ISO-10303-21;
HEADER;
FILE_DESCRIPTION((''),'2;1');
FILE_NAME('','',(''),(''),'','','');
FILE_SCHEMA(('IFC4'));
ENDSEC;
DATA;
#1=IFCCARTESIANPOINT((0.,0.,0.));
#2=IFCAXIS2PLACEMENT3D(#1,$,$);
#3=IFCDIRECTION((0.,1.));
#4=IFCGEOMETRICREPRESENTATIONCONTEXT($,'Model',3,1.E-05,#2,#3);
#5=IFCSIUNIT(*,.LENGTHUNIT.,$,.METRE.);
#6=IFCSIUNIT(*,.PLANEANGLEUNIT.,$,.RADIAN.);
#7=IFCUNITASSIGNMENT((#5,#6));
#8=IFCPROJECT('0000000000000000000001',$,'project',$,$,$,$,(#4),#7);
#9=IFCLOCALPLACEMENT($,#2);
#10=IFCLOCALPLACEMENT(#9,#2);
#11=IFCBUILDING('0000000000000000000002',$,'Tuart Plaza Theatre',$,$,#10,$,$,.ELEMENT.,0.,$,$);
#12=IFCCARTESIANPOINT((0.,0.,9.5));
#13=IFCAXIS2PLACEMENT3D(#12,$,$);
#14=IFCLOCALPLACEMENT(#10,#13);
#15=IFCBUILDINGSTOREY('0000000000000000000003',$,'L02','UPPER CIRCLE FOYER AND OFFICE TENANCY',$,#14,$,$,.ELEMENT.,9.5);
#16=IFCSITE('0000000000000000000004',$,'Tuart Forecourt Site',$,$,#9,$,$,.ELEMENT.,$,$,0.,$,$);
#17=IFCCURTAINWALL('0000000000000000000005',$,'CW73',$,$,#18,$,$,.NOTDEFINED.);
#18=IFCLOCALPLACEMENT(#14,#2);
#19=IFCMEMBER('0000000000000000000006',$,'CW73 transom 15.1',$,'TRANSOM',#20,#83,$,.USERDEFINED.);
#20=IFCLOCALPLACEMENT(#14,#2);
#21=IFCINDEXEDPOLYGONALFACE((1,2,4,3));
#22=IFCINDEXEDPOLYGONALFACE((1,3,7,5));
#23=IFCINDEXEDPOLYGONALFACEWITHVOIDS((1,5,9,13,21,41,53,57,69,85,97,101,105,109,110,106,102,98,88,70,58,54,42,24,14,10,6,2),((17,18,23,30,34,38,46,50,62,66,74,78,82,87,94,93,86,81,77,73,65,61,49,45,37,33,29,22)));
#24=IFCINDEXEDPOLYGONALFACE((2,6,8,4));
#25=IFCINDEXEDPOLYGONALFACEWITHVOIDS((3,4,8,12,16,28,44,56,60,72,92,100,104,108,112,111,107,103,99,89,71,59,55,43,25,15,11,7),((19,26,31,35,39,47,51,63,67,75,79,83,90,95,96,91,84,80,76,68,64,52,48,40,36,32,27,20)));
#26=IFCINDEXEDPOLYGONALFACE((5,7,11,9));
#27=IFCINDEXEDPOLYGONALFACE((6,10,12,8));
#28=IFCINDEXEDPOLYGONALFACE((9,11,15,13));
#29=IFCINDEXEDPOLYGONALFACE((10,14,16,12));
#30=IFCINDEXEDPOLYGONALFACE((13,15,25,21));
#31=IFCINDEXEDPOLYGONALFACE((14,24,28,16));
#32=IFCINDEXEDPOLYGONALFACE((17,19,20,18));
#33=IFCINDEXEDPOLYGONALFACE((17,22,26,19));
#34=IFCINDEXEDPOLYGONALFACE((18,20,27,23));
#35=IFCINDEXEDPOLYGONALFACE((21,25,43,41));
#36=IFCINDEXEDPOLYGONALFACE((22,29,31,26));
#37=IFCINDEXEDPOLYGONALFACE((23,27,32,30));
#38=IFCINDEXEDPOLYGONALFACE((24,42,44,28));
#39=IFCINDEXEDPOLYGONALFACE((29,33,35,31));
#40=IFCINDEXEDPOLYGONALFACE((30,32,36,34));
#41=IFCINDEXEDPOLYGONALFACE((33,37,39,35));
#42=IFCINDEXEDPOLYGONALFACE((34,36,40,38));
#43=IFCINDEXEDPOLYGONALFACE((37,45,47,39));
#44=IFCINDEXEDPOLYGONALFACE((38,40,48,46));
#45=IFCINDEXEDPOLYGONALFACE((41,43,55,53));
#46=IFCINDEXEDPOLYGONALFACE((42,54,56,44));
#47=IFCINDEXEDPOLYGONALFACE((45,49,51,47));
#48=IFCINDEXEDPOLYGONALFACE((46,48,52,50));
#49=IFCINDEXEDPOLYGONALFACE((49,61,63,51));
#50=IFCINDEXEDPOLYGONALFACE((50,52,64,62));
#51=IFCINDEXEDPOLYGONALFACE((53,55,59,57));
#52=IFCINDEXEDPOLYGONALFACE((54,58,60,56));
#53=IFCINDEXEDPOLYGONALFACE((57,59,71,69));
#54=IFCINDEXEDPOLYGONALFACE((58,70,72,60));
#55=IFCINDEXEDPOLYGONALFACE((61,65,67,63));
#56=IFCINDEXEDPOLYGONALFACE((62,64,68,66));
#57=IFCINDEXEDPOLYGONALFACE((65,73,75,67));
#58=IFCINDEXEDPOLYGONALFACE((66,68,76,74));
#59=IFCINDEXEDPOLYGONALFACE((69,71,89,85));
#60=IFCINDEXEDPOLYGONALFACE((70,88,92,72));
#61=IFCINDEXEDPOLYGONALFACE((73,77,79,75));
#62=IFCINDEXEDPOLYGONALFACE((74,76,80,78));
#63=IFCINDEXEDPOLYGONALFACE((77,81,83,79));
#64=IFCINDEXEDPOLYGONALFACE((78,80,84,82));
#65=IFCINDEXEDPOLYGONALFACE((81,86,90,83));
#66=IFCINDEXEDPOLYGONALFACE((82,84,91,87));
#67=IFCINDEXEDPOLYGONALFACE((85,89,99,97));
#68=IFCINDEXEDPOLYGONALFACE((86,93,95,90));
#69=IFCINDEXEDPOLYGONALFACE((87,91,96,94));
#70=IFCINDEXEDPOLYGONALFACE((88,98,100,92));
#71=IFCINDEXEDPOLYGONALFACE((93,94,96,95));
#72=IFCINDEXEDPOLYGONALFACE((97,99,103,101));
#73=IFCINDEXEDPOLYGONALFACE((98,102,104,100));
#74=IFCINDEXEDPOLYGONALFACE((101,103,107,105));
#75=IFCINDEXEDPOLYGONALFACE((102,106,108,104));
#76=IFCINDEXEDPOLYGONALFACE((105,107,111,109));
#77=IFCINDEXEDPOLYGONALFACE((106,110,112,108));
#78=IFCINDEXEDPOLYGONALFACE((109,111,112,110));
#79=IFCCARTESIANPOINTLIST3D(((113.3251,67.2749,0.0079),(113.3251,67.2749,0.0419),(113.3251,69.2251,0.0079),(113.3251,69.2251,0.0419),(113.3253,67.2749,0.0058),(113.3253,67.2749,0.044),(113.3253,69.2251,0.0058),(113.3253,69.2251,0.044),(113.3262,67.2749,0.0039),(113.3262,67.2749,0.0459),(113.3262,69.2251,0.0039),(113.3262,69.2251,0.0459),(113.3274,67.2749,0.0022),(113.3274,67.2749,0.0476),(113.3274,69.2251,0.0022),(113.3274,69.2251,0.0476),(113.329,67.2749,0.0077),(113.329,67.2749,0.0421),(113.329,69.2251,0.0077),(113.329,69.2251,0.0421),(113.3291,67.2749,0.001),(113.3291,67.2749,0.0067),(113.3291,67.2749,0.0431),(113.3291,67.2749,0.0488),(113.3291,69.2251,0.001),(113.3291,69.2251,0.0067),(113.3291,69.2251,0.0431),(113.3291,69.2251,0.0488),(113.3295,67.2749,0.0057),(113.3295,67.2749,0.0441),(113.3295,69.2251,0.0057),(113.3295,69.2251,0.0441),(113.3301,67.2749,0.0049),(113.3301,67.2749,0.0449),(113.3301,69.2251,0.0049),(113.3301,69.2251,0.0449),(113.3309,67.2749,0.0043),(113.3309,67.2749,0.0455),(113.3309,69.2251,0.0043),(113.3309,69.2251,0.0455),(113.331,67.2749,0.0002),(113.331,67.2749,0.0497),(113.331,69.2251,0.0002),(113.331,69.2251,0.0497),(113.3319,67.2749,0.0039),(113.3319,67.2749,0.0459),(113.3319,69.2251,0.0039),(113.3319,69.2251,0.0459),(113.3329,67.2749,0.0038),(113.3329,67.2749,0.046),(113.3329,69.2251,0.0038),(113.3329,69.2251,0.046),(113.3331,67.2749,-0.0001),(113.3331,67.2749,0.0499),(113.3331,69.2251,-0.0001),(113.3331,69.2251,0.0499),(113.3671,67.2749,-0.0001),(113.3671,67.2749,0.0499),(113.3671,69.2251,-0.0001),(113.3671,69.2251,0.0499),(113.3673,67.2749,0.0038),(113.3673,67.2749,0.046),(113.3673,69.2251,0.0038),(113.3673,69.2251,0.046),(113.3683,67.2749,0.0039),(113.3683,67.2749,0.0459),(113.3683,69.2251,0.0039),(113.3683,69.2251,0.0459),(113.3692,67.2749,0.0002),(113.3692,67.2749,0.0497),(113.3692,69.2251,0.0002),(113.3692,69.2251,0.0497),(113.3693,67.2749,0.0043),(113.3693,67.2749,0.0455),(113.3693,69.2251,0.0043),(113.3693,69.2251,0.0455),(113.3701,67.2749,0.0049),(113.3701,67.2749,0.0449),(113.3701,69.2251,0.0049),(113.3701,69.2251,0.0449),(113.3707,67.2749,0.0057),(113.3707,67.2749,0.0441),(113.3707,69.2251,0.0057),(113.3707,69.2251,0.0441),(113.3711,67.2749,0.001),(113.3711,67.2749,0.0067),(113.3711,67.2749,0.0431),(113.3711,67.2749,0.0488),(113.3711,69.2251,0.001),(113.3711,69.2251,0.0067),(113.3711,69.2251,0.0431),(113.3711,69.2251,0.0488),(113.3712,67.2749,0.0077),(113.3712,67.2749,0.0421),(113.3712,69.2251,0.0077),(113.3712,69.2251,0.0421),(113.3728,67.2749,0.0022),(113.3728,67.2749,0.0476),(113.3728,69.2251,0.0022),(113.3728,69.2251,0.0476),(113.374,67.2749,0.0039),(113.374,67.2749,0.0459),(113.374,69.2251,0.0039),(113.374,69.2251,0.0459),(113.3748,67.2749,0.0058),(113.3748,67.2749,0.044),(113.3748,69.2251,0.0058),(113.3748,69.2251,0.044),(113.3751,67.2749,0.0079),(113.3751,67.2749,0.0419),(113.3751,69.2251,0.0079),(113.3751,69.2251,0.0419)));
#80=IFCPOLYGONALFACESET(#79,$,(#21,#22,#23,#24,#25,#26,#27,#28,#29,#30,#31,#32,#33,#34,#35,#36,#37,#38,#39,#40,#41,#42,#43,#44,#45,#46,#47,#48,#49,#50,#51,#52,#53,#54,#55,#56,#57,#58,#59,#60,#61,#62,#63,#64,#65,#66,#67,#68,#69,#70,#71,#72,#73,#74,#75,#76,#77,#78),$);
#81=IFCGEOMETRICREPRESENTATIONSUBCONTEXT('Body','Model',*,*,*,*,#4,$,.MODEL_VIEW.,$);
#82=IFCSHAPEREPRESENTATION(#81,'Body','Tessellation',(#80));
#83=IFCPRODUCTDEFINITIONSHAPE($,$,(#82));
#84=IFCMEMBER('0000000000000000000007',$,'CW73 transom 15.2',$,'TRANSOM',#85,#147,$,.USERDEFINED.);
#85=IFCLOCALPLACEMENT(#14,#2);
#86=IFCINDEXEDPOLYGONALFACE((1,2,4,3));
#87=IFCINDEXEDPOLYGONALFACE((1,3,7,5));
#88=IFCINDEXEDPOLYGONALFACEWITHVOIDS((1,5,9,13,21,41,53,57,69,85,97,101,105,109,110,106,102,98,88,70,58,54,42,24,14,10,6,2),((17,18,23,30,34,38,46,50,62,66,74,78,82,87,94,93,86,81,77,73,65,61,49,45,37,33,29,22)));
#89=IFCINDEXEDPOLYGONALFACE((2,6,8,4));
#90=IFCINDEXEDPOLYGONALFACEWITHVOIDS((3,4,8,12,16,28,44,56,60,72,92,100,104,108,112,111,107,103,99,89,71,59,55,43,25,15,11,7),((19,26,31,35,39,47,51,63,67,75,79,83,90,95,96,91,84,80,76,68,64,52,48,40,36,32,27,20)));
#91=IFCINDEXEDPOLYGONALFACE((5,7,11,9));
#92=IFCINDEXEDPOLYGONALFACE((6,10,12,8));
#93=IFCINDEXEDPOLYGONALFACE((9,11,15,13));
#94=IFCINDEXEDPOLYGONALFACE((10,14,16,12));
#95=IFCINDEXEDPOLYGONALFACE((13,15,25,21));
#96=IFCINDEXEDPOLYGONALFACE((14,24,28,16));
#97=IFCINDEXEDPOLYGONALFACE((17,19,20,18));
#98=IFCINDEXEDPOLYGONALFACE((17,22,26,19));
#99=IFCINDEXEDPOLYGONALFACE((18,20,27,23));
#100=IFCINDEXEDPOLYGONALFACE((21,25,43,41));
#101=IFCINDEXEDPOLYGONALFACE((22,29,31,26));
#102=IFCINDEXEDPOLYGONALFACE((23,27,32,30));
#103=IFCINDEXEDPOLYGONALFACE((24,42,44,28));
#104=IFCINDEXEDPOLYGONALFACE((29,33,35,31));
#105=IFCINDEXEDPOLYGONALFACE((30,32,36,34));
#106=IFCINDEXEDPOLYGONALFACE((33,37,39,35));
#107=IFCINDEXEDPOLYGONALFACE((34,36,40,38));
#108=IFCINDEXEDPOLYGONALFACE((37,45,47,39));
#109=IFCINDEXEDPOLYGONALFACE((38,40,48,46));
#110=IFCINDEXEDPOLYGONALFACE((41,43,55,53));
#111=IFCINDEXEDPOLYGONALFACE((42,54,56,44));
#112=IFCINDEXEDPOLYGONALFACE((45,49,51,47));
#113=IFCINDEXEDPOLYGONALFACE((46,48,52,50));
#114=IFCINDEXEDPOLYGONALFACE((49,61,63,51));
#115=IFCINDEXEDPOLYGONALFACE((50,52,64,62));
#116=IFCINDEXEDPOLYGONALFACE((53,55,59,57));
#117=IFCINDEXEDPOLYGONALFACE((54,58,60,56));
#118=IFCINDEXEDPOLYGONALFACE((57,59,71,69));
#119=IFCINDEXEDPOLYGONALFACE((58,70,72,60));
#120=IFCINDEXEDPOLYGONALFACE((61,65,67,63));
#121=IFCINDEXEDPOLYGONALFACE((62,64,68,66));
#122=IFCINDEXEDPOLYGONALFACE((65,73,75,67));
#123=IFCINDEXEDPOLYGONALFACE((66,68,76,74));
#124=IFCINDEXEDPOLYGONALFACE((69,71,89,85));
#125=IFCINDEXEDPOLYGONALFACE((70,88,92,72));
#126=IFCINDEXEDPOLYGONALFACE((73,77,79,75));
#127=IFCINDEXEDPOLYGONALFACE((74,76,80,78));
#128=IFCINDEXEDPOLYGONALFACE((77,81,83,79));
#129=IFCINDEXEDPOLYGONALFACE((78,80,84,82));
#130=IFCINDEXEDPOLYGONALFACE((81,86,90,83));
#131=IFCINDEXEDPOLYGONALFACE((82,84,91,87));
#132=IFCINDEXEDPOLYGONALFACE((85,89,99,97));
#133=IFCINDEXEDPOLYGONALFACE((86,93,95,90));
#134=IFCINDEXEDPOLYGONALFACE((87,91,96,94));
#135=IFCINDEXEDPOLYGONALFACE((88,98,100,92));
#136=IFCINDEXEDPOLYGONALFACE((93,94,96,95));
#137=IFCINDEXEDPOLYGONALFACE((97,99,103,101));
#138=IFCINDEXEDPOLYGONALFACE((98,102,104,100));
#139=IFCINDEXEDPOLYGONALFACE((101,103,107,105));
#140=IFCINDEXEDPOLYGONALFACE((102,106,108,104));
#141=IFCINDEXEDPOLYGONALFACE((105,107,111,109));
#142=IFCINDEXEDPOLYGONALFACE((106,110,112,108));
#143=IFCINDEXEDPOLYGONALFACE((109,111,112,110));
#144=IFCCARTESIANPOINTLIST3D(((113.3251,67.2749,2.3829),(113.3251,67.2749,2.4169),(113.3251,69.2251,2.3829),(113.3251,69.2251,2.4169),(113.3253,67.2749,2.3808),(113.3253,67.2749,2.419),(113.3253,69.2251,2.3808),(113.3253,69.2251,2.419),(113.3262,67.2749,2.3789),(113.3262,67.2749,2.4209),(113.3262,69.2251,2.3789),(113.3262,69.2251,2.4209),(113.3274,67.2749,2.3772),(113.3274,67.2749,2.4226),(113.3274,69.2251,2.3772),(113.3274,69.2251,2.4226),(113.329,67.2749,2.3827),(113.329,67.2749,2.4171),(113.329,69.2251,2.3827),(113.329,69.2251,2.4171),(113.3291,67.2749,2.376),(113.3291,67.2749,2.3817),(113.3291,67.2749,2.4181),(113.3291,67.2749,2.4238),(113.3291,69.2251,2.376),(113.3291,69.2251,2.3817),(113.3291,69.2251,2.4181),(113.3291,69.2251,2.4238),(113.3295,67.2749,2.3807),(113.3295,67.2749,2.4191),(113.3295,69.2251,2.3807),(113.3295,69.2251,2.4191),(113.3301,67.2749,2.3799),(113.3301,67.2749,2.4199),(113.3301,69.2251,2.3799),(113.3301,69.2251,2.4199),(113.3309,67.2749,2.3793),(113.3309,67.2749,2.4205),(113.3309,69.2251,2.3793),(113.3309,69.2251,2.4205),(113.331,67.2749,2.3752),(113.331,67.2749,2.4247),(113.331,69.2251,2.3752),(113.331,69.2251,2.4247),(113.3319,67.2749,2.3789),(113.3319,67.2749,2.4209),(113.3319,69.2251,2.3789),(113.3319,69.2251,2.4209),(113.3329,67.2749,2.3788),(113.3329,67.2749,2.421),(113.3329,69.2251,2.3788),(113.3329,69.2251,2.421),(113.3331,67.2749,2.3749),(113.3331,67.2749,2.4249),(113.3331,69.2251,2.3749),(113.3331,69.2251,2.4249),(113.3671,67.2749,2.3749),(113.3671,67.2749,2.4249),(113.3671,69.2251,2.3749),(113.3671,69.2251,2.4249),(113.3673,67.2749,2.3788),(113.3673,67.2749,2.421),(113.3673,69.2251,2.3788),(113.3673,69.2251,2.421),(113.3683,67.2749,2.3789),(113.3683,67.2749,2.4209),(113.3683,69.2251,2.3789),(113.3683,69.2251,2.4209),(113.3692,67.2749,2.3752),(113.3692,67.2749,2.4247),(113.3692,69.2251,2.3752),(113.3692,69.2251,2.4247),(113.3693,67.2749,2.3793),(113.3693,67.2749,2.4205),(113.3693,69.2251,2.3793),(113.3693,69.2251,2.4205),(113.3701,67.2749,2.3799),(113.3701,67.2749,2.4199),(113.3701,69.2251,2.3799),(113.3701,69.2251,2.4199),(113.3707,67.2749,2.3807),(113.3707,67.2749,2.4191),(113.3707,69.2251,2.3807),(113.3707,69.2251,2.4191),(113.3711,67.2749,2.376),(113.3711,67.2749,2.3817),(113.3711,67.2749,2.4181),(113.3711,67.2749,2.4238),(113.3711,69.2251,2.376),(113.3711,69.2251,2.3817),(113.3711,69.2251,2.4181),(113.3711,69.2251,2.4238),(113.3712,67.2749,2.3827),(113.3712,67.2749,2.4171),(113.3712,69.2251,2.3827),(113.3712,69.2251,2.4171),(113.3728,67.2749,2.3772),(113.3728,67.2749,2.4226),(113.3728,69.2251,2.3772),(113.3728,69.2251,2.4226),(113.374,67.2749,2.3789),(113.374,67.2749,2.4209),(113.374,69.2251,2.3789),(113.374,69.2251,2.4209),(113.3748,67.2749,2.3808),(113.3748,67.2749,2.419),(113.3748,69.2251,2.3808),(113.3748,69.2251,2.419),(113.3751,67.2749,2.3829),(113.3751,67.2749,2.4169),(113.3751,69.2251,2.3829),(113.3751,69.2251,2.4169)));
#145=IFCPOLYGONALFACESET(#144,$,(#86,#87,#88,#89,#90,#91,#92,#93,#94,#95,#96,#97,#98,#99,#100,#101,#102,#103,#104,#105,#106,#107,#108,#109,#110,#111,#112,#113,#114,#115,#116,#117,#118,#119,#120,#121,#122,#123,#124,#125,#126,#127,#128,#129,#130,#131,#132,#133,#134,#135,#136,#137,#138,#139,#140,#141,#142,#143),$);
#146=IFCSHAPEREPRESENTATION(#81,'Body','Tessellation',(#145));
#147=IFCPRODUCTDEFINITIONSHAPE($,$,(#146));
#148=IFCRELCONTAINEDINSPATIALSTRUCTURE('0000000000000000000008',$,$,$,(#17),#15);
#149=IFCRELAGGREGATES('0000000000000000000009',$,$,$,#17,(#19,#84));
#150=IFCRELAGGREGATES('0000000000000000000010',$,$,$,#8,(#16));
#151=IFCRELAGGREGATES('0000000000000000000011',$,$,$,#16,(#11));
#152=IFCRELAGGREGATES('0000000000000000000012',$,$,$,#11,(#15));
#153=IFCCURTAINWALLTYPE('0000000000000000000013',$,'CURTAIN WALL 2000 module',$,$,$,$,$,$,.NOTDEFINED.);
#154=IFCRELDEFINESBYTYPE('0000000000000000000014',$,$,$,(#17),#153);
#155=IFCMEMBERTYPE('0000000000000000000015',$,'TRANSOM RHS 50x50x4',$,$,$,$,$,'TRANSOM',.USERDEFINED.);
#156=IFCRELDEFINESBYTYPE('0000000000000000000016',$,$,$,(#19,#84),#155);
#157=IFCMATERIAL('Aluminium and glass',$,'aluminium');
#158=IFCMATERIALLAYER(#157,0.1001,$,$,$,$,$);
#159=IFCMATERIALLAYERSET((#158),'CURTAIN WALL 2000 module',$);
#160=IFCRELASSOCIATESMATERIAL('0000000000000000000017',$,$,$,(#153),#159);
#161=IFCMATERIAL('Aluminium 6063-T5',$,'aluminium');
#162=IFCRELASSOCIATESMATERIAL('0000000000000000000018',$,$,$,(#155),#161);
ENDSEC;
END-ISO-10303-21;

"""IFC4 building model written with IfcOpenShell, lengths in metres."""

from ifc_helpers import new_model, si_unit, direction, frame, origin, origin_2d, place, context, subcontext, project, spatial, hollow_rectangle, extrude, material, layer, layer_set, material_profile, profile_set, type_object, element, aggregate, save


model = new_model("IFC4")

# Units and contexts
model_context = context("Model", 3, precision=1e-05, world=origin(), true_north=direction((0.0, 1.0)))
body_context = subcontext(model_context, "Body", "Model", "MODEL_VIEW")
ifc_project = project(units=[si_unit("LENGTHUNIT", "METRE"), si_unit("PLANEANGLEUNIT", "RADIAN")], contexts=[model_context])

# Site, building, storey
site_placement = place(None, origin())
site = spatial("IfcSite", under=ifc_project, at=site_placement, Name="Tuart Forecourt Site", CompositionType="ELEMENT", RefElevation=0.0)
building_placement = place(site_placement, origin())
building = spatial("IfcBuilding", under=site, at=building_placement, Name="Tuart Plaza Theatre", CompositionType="ELEMENT", ElevationOfRefHeight=0.0)
storey_placement = place(building_placement, frame((0.0, 0.0, 9.5)))
storey = spatial("IfcBuildingStorey", under=building, at=storey_placement, Name="L02", Description="UPPER CIRCLE FOYER AND OFFICE TENANCY", CompositionType="ELEMENT", Elevation=9.5)

# Curtain wall, members
ifc_material_1 = material(Name="Aluminium and glass", Category="aluminium")
ifc_layer_1 = layer(ifc_material_1, 0.1001)
ifc_layer_set_1 = layer_set([ifc_layer_1], Name="CURTAIN WALL 2000 module")
curtain_wall_type = type_object("IfcCurtainWallType", Name="CURTAIN WALL 2000 module", PredefinedType="NOTDEFINED", material=ifc_layer_set_1)
curtain_wall_placement = place(storey_placement, origin())
curtain_wall = element("IfcCurtainWall", 1, at=curtain_wall_placement, inside=storey, type_object=curtain_wall_type, Name="CW73", PredefinedType="NOTDEFINED")
ifc_material_2 = material(Name="Aluminium 6063-T5", Category="aluminium")
ifc_material_profile_1 = material_profile(ifc_material_2, hollow_rectangle(XDim=0.05, YDim=0.05, WallThickness=0.0039, InnerFilletRadius=0.0039, OuterFilletRadius=0.0081, at=origin_2d()), Name="RHS 50x50x4")
ifc_profile_set_1 = profile_set([ifc_material_profile_1], Name="Aluminium 6063-T5")
member_type_1 = type_object("IfcMemberType", Name="TRANSOM RHS 50x50x4", ElementType="TRANSOM", PredefinedType="USERDEFINED", material=ifc_profile_set_1)
member_1_placement = place(storey_placement, frame((113.3501, 69.2251, 0.0249), z_axis=(0.0, -1.0, 0.0), x_axis=(1.0, 0.0, 0.0)))
member_1 = element("IfcMember", 2, at=member_1_placement, type_object=member_type_1, Name="CW73 transom 15.1", ObjectType="TRANSOM", PredefinedType="USERDEFINED", context=body_context, shape_type="SweptSolid", body=[
    extrude(hollow_rectangle(XDim=0.05, YDim=0.05, WallThickness=0.0039, InnerFilletRadius=0.0039, OuterFilletRadius=0.0081, at=origin_2d()), origin(), (0.0, 0.0, 1.0), 1.9502),
])
member_2_placement = place(storey_placement, frame((113.3501, 69.2251, 2.3999), z_axis=(0.0, -1.0, 0.0), x_axis=(1.0, 0.0, 0.0)))
member_2 = element("IfcMember", 3, at=member_2_placement, type_object=member_type_1, Name="CW73 transom 15.2", ObjectType="TRANSOM", PredefinedType="USERDEFINED", context=body_context, shape_type="SweptSolid", body=[
    extrude(hollow_rectangle(XDim=0.05, YDim=0.05, WallThickness=0.0039, InnerFilletRadius=0.0039, OuterFilletRadius=0.0081, at=origin_2d()), origin(), (0.0, 0.0, 1.0), 1.9502),
])
aggregate(curtain_wall, [member_1, member_2])

save(model, "model.ifc")
